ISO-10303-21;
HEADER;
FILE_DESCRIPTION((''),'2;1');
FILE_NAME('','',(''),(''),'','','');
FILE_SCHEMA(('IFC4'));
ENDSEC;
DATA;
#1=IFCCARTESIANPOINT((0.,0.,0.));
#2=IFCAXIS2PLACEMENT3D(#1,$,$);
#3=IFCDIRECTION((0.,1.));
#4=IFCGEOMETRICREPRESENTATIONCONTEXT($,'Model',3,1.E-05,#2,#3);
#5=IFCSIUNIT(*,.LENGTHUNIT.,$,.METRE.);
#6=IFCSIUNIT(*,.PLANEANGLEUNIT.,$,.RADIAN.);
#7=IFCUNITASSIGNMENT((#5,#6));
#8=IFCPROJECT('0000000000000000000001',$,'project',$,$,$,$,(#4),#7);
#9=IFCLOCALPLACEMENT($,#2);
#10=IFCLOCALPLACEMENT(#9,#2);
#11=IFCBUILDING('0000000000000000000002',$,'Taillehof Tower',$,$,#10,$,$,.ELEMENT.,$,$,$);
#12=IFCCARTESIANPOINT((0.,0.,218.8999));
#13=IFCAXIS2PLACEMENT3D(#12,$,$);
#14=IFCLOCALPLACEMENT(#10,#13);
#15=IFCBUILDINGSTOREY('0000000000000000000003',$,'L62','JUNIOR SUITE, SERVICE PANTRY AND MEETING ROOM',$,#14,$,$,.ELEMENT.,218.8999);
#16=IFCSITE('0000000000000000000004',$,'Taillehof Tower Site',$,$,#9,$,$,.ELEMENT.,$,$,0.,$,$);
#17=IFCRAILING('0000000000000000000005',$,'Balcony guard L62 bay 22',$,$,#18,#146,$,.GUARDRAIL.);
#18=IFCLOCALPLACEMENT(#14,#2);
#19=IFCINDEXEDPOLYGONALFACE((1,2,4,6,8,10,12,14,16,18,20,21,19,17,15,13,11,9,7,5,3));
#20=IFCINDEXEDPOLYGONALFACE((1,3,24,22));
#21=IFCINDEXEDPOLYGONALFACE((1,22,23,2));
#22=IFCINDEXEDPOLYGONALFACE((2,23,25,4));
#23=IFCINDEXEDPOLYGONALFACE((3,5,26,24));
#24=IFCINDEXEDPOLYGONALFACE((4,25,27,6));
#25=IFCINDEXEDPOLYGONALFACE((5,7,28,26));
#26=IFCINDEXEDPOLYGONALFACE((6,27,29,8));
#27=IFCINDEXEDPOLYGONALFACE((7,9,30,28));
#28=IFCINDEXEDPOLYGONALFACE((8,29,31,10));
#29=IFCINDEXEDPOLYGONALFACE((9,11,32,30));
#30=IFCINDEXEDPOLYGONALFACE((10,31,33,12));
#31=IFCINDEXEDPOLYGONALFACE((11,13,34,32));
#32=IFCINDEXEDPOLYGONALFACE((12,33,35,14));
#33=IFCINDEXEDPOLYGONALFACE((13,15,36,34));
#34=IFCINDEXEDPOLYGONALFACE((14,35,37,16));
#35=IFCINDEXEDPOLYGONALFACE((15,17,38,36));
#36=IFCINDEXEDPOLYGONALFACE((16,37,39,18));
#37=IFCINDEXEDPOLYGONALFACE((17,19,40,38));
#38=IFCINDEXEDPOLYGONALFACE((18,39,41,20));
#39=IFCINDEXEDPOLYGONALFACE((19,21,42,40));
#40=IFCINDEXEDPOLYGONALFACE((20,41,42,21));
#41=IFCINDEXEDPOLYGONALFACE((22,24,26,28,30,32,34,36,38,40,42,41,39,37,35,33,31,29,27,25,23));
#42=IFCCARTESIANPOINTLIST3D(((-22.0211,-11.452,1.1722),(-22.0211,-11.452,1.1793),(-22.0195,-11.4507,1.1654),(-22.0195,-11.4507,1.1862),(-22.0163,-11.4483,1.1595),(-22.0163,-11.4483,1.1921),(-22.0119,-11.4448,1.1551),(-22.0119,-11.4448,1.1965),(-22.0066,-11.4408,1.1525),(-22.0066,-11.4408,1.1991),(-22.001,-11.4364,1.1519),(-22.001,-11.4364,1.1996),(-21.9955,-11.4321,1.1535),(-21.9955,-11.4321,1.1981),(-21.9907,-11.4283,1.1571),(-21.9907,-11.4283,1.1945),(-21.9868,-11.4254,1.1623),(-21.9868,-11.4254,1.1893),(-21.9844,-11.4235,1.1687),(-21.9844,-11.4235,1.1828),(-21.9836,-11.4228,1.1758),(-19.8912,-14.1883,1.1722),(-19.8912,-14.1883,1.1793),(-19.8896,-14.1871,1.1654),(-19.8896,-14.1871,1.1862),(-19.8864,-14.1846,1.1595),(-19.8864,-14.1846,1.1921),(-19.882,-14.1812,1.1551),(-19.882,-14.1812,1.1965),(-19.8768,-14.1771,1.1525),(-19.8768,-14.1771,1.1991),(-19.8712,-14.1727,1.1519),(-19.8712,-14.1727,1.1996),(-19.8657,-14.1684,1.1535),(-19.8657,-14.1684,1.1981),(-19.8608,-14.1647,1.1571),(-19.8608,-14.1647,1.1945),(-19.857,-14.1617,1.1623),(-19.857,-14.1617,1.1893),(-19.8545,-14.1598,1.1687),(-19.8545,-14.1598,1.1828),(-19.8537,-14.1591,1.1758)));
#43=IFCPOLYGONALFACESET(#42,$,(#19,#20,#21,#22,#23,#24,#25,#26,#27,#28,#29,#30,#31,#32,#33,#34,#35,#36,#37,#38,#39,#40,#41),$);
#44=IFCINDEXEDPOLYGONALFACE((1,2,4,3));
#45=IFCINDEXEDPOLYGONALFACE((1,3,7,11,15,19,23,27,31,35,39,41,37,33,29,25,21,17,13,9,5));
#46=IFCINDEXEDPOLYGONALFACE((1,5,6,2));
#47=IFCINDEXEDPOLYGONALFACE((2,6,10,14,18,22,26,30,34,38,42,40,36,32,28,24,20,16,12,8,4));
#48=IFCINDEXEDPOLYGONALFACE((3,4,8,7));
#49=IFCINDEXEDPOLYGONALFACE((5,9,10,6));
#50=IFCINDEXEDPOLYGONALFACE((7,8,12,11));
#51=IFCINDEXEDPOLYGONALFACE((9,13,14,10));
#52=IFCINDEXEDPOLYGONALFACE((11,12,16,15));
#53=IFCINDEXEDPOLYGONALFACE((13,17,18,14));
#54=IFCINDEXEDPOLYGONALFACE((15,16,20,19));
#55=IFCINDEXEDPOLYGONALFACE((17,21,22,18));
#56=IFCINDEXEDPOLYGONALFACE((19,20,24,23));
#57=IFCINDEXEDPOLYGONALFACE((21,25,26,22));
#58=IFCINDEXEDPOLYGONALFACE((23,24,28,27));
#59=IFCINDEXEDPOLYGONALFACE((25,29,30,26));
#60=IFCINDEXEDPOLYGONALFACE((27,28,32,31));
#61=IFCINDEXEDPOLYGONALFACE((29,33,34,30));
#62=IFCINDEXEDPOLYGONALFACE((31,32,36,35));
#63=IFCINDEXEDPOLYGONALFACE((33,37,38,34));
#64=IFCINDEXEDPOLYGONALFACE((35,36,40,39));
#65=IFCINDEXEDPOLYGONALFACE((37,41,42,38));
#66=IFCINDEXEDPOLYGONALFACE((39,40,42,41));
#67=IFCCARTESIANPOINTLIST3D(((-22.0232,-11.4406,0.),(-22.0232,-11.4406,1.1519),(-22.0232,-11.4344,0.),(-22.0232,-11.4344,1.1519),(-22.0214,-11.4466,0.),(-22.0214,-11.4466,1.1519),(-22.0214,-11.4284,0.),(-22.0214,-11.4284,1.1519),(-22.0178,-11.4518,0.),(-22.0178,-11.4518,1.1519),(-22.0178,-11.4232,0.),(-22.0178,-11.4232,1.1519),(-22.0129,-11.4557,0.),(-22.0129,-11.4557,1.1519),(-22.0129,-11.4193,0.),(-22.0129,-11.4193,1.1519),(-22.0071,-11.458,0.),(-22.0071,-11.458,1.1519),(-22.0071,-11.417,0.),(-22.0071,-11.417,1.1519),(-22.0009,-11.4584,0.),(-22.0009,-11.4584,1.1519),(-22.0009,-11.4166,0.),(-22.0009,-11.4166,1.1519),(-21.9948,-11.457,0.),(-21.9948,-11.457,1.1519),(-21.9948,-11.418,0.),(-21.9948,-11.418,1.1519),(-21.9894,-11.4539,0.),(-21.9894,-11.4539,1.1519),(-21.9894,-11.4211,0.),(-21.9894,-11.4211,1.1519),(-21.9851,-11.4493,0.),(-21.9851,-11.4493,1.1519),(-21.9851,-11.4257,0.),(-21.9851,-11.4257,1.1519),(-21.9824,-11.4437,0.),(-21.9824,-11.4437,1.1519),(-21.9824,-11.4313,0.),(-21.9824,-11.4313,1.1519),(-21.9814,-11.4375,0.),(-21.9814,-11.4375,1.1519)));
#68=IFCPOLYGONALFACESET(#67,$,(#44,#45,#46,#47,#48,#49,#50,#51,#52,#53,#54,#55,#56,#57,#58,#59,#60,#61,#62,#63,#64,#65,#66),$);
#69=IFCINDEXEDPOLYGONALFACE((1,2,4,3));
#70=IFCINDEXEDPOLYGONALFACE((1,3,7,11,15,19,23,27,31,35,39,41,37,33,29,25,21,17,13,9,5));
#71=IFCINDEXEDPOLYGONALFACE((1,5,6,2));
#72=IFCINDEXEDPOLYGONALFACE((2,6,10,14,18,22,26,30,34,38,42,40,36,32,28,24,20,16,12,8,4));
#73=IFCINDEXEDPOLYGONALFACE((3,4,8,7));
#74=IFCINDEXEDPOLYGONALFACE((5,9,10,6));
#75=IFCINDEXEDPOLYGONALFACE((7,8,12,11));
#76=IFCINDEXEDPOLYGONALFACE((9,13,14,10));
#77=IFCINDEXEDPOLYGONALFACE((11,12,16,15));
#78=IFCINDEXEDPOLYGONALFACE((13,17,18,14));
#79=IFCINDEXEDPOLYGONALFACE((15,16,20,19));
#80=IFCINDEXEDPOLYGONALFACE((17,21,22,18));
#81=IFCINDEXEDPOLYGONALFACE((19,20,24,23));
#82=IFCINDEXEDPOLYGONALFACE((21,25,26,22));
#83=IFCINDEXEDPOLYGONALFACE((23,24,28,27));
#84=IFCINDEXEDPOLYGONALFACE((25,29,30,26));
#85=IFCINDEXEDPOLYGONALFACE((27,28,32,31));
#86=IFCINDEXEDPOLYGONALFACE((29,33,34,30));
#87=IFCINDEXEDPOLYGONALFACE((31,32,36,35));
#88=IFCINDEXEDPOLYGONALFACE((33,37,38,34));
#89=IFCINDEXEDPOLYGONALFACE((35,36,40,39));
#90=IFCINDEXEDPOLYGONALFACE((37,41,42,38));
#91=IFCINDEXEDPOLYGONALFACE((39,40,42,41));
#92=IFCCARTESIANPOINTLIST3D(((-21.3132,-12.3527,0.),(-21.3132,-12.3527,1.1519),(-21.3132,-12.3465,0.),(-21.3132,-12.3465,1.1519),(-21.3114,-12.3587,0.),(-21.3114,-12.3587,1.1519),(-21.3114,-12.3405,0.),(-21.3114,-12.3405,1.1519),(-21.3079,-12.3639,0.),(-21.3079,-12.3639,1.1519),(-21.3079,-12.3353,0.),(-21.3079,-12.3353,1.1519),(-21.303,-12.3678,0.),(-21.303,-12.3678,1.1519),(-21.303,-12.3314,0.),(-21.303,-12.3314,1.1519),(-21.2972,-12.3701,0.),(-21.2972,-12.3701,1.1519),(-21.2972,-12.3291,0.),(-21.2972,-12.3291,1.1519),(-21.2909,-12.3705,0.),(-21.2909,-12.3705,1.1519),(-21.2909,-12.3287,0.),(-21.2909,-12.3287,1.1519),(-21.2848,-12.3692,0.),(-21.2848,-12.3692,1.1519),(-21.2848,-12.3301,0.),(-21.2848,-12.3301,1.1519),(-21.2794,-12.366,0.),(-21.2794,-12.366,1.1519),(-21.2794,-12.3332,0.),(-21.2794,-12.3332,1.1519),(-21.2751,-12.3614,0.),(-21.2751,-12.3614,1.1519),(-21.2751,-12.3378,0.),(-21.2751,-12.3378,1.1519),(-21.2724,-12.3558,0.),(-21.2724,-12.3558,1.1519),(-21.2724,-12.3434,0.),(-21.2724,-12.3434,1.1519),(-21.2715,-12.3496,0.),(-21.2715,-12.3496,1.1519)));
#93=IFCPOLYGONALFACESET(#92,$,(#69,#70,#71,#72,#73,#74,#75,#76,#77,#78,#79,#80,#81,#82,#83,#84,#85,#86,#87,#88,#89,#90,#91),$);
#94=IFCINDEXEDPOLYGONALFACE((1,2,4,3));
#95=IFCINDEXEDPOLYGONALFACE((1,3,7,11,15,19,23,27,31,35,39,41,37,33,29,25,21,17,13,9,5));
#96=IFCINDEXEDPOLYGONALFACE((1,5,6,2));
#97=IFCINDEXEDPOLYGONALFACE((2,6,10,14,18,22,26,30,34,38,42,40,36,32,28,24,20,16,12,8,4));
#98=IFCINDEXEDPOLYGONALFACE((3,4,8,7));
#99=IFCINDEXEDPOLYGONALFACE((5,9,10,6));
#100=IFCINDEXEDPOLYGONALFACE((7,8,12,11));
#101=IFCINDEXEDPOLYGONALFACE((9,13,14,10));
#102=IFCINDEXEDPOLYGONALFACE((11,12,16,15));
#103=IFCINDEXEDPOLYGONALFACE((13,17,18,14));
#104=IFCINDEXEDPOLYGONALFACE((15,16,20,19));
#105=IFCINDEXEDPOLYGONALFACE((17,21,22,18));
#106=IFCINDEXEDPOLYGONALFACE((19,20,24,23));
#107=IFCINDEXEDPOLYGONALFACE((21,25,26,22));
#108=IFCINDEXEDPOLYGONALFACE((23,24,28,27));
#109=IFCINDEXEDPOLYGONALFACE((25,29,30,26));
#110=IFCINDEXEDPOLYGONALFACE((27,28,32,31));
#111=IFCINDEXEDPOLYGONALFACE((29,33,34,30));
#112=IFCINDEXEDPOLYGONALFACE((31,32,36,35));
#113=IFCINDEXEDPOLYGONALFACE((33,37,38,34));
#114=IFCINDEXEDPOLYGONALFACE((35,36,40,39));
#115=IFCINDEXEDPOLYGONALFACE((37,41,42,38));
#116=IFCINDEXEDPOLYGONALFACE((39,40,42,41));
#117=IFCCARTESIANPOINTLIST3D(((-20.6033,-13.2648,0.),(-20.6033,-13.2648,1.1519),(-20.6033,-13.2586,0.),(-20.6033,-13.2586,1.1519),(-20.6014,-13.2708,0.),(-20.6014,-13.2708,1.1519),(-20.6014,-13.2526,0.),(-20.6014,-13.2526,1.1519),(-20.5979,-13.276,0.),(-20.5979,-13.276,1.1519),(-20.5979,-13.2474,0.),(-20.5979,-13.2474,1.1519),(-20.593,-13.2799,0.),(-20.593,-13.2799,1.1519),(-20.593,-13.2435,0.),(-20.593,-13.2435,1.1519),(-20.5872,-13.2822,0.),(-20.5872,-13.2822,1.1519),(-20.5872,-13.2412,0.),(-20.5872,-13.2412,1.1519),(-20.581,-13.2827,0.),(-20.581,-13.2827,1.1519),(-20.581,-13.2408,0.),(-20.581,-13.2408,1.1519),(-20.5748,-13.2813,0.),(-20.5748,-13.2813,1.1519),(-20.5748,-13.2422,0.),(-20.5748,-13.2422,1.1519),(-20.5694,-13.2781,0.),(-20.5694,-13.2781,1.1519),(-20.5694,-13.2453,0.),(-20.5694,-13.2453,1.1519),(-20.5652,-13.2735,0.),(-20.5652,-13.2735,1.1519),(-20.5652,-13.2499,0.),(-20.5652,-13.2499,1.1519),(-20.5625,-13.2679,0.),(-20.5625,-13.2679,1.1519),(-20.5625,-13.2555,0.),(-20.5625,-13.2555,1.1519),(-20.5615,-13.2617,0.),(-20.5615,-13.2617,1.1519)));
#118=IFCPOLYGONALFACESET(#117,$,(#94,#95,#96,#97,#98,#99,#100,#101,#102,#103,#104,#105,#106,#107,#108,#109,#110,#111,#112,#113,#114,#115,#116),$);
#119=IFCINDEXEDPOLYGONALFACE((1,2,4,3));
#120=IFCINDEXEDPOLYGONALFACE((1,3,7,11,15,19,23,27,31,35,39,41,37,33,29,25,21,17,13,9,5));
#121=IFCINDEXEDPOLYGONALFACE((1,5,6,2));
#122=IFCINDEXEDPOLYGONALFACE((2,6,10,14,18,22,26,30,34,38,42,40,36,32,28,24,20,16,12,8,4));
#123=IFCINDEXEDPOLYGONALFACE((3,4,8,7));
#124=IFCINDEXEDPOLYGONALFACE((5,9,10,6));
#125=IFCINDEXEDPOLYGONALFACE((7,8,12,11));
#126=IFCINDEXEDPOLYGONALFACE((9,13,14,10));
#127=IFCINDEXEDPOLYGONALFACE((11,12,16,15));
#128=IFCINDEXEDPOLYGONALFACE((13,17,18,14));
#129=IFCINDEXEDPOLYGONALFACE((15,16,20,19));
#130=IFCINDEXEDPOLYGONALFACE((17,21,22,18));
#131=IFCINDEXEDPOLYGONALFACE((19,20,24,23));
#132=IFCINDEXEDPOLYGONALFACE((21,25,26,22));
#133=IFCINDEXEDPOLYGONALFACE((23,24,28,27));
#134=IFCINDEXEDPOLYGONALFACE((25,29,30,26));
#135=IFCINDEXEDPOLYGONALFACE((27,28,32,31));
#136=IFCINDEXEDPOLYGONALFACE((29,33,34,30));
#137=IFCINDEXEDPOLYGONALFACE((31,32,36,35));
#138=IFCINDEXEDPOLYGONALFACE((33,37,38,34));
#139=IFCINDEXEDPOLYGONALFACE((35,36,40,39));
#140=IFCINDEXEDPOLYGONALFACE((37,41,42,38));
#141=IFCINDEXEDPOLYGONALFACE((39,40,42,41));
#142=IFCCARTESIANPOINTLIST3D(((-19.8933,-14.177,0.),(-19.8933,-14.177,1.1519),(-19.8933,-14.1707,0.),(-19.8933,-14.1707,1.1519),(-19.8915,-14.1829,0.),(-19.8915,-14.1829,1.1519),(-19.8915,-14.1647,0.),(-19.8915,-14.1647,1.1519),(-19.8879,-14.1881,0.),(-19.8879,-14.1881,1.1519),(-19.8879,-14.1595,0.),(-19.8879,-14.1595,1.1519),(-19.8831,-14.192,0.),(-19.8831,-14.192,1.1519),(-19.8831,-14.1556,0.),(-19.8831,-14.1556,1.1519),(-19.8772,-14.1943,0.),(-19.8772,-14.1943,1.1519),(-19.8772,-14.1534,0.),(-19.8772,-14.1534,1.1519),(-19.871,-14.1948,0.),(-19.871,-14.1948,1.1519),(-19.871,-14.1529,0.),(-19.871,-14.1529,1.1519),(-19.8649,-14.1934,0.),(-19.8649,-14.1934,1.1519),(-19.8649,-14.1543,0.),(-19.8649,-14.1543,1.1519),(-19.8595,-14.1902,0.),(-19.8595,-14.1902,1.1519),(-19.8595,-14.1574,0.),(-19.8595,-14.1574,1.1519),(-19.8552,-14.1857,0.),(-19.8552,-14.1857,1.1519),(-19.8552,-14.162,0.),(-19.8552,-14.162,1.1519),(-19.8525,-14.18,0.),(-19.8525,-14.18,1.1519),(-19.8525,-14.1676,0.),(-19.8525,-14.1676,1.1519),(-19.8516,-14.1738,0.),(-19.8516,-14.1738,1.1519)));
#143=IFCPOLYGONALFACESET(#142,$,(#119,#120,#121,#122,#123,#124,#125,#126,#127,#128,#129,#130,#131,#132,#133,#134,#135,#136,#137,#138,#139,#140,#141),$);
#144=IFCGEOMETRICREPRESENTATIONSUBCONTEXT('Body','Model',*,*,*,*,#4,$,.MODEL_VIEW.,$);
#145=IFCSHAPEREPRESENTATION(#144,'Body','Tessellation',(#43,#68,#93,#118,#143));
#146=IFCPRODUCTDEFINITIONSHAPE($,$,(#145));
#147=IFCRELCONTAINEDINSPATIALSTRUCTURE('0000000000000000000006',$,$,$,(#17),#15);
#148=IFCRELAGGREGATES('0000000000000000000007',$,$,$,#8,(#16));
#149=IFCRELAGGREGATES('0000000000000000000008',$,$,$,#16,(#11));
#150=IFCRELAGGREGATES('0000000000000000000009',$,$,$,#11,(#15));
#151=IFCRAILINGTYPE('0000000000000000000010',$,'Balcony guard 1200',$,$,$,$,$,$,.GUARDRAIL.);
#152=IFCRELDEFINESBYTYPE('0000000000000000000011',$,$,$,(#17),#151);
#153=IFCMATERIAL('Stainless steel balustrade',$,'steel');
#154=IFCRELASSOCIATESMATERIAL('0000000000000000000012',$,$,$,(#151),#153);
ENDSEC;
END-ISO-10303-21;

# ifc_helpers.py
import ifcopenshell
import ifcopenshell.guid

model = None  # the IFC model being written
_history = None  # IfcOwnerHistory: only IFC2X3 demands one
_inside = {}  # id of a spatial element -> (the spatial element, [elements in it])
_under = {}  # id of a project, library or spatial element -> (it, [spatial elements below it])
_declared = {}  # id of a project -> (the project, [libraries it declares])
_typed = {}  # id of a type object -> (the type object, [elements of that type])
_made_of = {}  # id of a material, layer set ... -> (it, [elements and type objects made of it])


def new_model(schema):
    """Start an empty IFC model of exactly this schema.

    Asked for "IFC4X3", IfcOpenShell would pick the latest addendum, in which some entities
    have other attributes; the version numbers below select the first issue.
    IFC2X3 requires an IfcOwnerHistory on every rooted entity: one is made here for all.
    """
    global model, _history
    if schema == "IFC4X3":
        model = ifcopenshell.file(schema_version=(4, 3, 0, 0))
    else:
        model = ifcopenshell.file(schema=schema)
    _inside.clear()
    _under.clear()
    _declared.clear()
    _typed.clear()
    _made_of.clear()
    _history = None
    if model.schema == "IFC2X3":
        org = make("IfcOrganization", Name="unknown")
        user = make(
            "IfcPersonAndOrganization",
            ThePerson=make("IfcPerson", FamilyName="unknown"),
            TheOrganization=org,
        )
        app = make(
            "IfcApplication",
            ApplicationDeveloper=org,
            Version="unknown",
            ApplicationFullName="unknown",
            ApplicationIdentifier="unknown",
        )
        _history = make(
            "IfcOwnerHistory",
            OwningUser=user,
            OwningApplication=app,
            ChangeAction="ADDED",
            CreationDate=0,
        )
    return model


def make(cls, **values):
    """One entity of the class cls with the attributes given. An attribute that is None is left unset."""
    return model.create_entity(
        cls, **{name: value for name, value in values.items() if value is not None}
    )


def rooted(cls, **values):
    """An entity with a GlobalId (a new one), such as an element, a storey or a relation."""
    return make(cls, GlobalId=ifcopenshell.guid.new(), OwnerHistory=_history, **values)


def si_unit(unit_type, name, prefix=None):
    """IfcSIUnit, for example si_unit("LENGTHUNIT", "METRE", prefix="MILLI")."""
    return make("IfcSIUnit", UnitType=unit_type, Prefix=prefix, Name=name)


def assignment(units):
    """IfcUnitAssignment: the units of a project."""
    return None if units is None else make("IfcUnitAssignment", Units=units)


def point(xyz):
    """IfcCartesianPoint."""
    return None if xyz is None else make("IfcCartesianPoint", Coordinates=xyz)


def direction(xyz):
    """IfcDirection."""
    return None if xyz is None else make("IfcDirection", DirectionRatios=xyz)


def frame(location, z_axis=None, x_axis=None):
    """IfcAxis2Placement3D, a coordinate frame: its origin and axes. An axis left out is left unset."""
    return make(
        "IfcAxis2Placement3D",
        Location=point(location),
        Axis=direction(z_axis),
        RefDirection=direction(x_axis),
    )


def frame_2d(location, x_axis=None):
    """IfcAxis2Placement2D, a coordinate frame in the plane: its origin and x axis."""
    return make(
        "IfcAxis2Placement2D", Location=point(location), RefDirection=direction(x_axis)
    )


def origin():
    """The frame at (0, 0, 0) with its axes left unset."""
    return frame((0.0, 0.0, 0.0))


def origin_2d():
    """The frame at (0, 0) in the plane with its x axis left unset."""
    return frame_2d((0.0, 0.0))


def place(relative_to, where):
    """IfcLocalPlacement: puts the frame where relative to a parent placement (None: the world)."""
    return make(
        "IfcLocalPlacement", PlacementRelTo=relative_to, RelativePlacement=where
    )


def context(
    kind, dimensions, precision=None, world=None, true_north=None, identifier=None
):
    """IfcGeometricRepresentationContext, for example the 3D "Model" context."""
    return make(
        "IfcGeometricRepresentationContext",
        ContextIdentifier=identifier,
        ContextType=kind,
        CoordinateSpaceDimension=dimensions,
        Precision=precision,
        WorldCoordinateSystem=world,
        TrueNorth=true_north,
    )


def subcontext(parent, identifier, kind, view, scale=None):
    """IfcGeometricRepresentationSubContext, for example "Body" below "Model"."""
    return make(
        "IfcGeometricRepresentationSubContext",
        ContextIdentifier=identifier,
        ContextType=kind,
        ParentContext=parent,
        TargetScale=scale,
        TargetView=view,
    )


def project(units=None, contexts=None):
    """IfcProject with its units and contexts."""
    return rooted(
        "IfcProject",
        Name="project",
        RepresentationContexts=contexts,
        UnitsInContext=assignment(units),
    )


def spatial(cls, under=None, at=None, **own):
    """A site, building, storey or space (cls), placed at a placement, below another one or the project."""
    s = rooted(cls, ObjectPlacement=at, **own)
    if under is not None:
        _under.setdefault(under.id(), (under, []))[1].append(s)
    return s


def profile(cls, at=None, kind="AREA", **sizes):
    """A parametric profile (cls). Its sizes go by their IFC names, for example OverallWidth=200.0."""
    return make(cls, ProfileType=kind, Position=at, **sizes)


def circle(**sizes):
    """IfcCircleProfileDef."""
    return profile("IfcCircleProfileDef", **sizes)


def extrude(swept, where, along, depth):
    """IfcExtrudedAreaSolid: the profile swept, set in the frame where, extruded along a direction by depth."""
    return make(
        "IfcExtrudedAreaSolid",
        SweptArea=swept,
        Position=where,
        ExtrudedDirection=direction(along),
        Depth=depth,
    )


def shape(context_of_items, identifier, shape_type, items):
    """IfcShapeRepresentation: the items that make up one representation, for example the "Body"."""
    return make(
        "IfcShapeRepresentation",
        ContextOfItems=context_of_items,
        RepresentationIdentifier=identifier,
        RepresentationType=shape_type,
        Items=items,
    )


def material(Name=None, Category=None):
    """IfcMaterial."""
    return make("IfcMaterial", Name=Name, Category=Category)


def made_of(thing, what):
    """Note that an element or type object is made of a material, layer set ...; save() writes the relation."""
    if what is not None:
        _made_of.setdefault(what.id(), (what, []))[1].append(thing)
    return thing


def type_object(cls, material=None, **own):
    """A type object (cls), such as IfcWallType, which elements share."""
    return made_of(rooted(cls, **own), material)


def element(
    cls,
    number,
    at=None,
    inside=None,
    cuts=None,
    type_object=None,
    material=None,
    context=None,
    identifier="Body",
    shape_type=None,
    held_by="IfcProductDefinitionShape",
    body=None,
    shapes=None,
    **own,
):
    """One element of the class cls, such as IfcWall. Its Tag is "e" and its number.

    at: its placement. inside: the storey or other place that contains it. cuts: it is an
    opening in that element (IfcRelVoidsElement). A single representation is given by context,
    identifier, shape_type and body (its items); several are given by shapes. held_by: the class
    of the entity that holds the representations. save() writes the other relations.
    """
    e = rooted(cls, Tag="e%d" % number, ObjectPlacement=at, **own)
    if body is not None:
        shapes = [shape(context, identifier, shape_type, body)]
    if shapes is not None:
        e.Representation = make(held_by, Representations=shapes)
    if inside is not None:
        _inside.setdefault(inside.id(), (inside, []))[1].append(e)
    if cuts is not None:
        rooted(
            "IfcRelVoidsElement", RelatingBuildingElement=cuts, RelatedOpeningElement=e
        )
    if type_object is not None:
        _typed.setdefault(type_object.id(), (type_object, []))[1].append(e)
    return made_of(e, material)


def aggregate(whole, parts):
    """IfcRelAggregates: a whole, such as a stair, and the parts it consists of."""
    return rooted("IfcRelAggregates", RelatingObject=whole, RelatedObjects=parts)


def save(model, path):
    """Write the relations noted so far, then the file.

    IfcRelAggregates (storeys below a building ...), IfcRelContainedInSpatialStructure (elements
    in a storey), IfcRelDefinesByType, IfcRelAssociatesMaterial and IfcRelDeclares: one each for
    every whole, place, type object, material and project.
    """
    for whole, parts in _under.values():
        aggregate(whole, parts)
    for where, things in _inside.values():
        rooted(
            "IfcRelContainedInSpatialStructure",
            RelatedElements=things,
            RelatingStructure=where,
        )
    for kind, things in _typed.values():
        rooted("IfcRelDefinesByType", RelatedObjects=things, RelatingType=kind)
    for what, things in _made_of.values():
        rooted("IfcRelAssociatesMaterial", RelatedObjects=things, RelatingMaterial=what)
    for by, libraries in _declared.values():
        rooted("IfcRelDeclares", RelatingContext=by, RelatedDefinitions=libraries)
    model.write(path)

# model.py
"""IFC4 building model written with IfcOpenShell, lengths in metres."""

from ifc_helpers import new_model, si_unit, direction, frame, origin, origin_2d, place, context, subcontext, project, spatial, circle, extrude, material, type_object, element, save


model = new_model("IFC4")

# Units and contexts
model_context = context("Model", 3, precision=1e-05, world=origin(), true_north=direction((0.0, 1.0)))
body_context = subcontext(model_context, "Body", "Model", "MODEL_VIEW")
ifc_project = project(units=[si_unit("LENGTHUNIT", "METRE"), si_unit("PLANEANGLEUNIT", "RADIAN")], contexts=[model_context])

# Site, building, storey
site_placement = place(None, origin())
site = spatial("IfcSite", under=ifc_project, at=site_placement, Name="Taillehof Tower Site", CompositionType="ELEMENT", RefElevation=0.0)
building_placement = place(site_placement, origin())
building = spatial("IfcBuilding", under=site, at=building_placement, Name="Taillehof Tower", CompositionType="ELEMENT")
storey_placement = place(building_placement, frame((0.0, 0.0, 218.8999)))
storey = spatial("IfcBuildingStorey", under=building, at=storey_placement, Name="L62", Description="JUNIOR SUITE, SERVICE PANTRY AND MEETING ROOM", CompositionType="ELEMENT", Elevation=218.8999)

# Railing
ifc_material_1 = material(Name="Stainless steel balustrade", Category="steel")
railing_type = type_object("IfcRailingType", Name="Balcony guard 1200", PredefinedType="GUARDRAIL", material=ifc_material_1)
railing_1_placement = place(storey_placement, frame((-22.0024, -11.4375, 0.0)))
element("IfcRailing", 1, at=railing_1_placement, inside=storey, type_object=railing_type, Name="Balcony guard L62 bay 22", PredefinedType="GUARDRAIL", context=body_context, shape_type="SweptSolid", body=[
    extrude(circle(Radius=0.0239, at=origin_2d()), frame((0.0, 0.0, 1.1758), z_axis=(0.614233, -0.789125, 0.0), x_axis=(0.789125, 0.614233, 0.0)), (0.0, 0.0, 1.0), 3.4675),
    extrude(circle(Radius=0.021, at=origin_2d()), origin(), (0.0, 0.0, 1.0), 1.1519),
    extrude(circle(Radius=0.021, at=origin_2d()), frame((0.71, -0.9121, 0.0)), (0.0, 0.0, 1.0), 1.1519),
    extrude(circle(Radius=0.021, at=origin_2d()), frame((1.4199, -1.8242, 0.0)), (0.0, 0.0, 1.0), 1.1519),
    extrude(circle(Radius=0.021, at=origin_2d()), frame((2.1299, -2.7363, 0.0)), (0.0, 0.0, 1.0), 1.1519),
])

save(model, "model.ifc")
